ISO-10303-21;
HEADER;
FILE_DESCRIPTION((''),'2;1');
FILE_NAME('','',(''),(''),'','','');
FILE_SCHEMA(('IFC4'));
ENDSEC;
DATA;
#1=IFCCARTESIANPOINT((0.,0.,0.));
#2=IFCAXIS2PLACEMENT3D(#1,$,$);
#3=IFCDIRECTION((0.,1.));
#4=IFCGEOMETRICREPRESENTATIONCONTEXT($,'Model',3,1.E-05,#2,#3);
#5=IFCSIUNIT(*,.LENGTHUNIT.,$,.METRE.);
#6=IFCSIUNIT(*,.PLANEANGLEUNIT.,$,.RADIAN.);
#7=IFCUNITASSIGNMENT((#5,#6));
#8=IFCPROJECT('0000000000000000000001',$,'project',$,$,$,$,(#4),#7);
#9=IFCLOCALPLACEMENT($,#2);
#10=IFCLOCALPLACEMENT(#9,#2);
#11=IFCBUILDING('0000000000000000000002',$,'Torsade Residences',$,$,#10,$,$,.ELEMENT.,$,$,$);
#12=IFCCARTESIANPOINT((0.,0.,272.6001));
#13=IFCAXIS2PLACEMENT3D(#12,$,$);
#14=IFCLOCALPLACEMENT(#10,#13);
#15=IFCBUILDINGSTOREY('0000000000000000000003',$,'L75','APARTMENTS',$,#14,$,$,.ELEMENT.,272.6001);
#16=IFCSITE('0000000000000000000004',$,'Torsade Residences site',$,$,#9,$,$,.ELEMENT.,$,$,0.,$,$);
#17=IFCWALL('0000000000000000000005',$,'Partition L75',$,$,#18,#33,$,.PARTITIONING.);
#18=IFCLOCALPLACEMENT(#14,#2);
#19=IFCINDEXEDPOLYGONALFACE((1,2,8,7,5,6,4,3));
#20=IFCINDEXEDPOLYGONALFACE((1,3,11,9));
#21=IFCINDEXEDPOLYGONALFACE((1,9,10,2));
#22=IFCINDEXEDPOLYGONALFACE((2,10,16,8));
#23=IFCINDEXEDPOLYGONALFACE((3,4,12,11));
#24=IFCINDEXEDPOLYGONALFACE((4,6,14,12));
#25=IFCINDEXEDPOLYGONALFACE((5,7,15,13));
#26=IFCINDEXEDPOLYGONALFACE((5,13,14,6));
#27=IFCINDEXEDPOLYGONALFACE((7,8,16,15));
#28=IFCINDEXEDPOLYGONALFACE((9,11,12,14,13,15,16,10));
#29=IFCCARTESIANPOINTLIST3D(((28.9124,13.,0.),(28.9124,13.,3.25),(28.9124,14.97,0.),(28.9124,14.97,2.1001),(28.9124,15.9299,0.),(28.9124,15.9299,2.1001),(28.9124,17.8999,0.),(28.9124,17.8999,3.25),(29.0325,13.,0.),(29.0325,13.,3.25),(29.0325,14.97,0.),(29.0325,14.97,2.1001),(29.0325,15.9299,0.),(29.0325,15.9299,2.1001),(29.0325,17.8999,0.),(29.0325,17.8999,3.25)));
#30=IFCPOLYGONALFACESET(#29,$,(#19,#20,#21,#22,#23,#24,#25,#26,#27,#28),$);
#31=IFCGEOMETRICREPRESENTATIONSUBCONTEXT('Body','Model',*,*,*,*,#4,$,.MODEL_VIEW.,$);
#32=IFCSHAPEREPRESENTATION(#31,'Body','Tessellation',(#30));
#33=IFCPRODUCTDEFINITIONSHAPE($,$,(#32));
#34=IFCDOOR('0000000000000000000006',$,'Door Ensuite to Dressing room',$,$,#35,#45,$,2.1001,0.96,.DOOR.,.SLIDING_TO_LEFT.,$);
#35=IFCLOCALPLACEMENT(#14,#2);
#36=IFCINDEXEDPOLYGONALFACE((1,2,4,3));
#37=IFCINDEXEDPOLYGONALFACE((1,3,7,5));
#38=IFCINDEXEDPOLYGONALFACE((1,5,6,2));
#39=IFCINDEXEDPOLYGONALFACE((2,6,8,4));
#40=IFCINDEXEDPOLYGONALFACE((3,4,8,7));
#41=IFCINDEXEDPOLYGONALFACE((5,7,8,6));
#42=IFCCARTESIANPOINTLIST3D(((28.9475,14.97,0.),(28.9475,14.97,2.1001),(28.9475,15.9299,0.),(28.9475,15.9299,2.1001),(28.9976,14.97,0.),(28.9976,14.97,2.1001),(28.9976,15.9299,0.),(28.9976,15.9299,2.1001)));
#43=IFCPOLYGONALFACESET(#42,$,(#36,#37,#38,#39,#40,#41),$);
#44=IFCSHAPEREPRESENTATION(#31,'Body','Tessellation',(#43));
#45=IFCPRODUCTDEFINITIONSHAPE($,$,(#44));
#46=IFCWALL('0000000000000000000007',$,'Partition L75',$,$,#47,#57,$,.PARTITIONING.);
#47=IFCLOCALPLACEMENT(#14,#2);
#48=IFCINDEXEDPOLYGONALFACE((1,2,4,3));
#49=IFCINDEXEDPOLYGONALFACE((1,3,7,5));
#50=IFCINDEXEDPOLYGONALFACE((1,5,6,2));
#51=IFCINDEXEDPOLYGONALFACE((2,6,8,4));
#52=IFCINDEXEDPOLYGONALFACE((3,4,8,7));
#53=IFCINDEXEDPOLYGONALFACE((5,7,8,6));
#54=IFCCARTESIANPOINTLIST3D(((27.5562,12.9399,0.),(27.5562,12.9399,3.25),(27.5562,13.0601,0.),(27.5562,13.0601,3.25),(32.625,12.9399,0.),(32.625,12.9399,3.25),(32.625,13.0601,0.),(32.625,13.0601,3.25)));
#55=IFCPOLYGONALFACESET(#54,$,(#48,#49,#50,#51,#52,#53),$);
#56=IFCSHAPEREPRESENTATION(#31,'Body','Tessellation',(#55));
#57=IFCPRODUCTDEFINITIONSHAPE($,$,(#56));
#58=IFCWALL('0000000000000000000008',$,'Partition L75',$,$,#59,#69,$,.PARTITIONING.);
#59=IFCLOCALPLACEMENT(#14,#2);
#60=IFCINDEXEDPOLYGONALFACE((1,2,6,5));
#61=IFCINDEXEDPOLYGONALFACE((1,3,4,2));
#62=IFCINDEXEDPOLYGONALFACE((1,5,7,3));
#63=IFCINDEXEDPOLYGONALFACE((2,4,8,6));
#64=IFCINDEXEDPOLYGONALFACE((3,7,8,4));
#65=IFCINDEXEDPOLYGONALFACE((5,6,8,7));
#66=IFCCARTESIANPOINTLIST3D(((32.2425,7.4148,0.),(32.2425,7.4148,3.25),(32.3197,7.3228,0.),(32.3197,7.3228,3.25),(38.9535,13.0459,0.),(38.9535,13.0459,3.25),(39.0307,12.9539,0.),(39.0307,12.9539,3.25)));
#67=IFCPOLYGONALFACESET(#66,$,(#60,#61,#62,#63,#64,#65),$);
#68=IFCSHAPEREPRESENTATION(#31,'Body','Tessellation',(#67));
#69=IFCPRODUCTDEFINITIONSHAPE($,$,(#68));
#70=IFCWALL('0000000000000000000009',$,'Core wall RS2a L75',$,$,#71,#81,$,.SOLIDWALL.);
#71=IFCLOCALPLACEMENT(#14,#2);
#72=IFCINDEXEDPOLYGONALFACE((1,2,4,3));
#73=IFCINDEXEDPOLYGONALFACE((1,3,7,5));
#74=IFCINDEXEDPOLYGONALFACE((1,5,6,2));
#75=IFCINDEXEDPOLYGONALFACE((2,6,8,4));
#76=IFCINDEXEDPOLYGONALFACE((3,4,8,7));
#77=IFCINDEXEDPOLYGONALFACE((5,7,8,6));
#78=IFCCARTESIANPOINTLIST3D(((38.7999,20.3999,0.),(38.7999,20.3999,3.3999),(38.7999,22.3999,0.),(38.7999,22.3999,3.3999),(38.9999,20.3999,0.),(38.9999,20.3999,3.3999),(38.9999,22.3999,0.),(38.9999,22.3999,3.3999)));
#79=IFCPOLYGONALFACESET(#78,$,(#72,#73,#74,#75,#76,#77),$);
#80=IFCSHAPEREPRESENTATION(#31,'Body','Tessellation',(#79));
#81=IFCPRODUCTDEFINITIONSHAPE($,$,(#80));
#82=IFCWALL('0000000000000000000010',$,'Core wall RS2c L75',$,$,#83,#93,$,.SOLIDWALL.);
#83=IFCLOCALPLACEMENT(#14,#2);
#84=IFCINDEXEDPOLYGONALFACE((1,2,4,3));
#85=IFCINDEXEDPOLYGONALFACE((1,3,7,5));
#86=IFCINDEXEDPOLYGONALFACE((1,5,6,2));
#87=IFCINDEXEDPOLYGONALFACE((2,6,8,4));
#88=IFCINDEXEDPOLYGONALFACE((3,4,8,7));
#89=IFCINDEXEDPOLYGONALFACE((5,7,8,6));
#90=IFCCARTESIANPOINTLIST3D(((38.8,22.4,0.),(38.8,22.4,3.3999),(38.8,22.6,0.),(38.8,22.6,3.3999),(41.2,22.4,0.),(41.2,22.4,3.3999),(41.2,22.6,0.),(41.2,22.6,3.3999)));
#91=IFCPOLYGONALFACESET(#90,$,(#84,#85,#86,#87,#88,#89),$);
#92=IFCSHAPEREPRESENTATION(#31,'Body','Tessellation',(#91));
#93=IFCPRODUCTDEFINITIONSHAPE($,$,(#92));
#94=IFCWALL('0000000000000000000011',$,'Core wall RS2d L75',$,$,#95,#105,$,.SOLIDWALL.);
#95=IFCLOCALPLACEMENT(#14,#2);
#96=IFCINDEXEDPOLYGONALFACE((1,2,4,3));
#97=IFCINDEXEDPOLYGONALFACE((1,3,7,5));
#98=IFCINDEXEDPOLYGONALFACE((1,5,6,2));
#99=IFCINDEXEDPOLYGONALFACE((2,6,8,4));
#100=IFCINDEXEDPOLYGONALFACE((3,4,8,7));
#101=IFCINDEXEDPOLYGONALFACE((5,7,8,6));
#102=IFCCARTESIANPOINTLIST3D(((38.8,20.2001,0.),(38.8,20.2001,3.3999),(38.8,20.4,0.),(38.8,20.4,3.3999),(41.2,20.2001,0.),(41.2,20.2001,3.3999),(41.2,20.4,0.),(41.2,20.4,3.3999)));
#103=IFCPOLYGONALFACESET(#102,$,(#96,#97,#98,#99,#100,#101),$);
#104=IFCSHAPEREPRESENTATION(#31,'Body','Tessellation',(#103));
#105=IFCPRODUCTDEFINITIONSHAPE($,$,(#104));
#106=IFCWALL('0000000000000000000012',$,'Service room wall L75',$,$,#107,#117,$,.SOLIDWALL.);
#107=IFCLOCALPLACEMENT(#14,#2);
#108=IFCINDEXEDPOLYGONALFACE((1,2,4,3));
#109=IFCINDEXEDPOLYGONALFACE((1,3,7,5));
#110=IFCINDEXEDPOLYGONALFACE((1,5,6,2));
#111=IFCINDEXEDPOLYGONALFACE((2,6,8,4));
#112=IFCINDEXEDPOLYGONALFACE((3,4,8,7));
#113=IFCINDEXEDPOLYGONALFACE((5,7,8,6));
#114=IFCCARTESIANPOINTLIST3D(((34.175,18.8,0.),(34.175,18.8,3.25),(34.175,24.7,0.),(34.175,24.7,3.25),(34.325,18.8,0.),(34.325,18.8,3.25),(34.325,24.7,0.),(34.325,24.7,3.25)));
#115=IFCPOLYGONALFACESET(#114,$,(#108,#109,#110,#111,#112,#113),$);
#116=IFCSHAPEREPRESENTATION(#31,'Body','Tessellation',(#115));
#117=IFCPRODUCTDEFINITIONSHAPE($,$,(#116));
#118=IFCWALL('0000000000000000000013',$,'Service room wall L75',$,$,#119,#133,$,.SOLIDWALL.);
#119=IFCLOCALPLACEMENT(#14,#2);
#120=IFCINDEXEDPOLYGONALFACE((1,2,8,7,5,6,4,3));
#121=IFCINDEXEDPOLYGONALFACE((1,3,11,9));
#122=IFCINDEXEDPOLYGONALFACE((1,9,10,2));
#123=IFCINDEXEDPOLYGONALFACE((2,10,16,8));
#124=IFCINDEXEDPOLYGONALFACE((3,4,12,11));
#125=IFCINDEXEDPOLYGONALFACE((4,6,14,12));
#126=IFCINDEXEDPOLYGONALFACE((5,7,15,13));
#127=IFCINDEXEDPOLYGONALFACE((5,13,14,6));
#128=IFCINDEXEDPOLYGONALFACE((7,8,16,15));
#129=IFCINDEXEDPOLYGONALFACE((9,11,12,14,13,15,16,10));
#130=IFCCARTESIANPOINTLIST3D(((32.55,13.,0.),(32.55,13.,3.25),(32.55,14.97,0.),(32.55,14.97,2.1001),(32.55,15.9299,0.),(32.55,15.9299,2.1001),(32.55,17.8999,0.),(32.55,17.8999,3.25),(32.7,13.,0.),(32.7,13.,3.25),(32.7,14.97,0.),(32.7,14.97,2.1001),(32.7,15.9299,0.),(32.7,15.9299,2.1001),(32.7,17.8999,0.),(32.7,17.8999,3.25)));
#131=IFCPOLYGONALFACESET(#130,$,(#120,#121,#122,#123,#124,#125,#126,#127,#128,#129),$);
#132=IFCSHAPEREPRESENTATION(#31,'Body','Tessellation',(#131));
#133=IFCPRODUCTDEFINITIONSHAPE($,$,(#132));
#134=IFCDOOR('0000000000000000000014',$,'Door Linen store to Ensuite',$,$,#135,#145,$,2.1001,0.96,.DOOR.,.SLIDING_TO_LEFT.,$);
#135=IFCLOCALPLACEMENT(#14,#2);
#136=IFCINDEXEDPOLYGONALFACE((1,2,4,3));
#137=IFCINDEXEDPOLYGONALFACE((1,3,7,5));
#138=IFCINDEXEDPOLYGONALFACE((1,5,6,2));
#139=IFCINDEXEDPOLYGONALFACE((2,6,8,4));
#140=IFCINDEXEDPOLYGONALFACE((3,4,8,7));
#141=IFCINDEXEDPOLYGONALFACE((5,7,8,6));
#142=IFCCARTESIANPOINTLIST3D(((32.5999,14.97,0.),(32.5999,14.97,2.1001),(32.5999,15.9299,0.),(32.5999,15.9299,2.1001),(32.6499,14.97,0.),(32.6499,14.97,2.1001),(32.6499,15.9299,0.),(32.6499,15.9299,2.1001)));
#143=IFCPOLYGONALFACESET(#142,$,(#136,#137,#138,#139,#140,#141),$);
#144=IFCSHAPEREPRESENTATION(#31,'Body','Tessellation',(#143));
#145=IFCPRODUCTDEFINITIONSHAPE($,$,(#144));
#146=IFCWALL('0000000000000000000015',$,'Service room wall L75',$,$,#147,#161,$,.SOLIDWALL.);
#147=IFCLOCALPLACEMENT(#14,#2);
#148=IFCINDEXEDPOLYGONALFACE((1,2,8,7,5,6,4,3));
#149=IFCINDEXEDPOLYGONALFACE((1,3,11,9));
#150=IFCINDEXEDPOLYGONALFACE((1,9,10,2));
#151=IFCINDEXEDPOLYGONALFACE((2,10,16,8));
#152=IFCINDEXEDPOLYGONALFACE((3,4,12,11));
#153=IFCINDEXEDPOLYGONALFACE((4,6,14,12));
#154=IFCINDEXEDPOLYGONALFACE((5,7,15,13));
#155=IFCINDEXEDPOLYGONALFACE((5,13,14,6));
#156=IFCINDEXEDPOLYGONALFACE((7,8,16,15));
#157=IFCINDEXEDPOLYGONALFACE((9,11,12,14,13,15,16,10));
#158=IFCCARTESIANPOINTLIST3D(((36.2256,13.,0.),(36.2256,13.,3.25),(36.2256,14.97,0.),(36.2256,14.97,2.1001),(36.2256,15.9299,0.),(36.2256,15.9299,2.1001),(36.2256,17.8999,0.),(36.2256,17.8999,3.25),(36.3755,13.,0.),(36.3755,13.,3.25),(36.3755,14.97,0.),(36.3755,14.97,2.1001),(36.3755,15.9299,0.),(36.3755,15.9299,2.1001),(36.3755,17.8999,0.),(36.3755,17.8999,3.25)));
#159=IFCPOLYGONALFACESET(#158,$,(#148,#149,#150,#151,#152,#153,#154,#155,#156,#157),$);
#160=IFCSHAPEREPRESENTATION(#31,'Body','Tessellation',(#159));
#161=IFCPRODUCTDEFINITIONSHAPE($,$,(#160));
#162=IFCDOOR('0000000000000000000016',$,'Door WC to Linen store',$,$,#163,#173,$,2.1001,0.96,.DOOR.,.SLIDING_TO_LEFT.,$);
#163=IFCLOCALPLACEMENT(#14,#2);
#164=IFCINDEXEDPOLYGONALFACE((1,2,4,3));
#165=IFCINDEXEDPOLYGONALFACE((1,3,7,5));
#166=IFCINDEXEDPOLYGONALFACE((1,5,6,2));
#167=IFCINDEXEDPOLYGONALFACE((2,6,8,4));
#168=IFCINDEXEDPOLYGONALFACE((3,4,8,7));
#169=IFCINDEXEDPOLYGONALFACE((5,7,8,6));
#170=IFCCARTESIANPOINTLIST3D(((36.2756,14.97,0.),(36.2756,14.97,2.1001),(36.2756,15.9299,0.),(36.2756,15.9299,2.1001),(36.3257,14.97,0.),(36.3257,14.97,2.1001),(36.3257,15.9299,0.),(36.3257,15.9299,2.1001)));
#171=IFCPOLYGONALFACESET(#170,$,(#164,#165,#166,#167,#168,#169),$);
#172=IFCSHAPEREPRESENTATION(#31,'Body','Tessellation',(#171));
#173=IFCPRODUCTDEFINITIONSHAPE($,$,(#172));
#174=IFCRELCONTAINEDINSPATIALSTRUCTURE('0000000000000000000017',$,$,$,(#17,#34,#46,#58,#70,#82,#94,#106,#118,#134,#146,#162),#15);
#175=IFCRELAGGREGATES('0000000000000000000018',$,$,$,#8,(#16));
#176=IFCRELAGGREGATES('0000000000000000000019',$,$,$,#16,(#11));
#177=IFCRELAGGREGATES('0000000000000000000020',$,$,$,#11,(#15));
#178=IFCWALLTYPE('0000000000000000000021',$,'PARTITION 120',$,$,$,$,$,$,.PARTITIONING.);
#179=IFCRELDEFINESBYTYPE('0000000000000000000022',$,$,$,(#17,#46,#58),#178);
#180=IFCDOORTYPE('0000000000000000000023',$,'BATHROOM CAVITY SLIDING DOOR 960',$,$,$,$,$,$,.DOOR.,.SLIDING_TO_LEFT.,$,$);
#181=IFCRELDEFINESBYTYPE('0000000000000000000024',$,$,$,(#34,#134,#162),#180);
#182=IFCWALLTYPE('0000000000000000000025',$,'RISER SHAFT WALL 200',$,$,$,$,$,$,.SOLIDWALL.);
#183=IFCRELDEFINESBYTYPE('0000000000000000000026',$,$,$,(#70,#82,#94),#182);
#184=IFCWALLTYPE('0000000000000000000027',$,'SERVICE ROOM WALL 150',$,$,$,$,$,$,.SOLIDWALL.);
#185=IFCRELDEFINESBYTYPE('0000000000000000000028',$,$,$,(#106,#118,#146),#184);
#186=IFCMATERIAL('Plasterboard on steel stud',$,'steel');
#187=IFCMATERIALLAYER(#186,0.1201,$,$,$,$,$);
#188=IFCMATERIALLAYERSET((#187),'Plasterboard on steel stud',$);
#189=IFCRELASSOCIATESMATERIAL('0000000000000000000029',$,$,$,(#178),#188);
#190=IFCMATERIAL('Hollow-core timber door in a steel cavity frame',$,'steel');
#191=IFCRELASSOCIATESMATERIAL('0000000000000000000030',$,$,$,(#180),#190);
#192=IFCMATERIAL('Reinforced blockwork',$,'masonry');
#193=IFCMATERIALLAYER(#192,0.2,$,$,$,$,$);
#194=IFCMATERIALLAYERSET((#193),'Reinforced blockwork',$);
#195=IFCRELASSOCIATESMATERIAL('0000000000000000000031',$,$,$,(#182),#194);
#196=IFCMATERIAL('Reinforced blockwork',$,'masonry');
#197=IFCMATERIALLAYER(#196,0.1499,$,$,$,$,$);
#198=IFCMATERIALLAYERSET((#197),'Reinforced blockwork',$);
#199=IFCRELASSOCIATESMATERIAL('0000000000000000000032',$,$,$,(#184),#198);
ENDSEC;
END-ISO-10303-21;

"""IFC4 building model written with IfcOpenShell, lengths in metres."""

from ifc_helpers import new_model, si_unit, direction, frame, frame_2d, origin, place, context, subcontext, project, spatial, rectangle, extrude, material, layer, layer_set, type_object, element, fill, save


model = new_model("IFC4")

# Units and contexts
model_context = context("Model", 3, precision=1e-05, world=origin(), true_north=direction((0.0, 1.0)))
body_context = subcontext(model_context, "Body", "Model", "MODEL_VIEW")
ifc_project = project(units=[si_unit("LENGTHUNIT", "METRE"), si_unit("PLANEANGLEUNIT", "RADIAN")], contexts=[model_context])

# Site, building, storey
site_placement = place(None, origin())
site = spatial("IfcSite", under=ifc_project, at=site_placement, Name="Torsade Residences site", CompositionType="ELEMENT", RefElevation=0.0)
building_placement = place(site_placement, origin())
building = spatial("IfcBuilding", under=site, at=building_placement, Name="Torsade Residences", CompositionType="ELEMENT")
storey_placement = place(building_placement, frame((0.0, 0.0, 272.6001)))
storey = spatial("IfcBuildingStorey", under=building, at=storey_placement, Name="L75", Description="APARTMENTS", CompositionType="ELEMENT", Elevation=272.6001)

# Wall, opening, door
ifc_material_1 = material(Name="Plasterboard on steel stud", Category="steel")
ifc_layer_1 = layer(ifc_material_1, 0.1201)
ifc_layer_set_1 = layer_set([ifc_layer_1], Name="Plasterboard on steel stud")
wall_type_1 = type_object("IfcWallType", Name="PARTITION 120", PredefinedType="PARTITIONING", material=ifc_layer_set_1)
wall_1_placement = place(storey_placement, frame((28.9724, 13.0, 0.0), z_axis=(0.0, 0.0, 1.0), x_axis=(0.0, 1.0, 0.0)))
wall_1 = element("IfcWall", 1, at=wall_1_placement, inside=storey, type_object=wall_type_1, Name="Partition L75", PredefinedType="PARTITIONING", context=body_context, shape_type="SweptSolid", body=[
    extrude(rectangle(XDim=4.8999, YDim=0.1201, at=frame_2d((2.45, 0.0))), origin(), (0.0, 0.0, 1.0), 3.25),
])
opening_1_placement = place(wall_1_placement, frame((1.97, 0.0, 0.0)))
opening_1 = element("IfcOpeningElement", 2, at=opening_1_placement, cuts=wall_1, PredefinedType="OPENING", context=body_context, shape_type="SweptSolid", body=[
    extrude(rectangle(XDim=0.96, YDim=2.1001, at=frame_2d((0.48, 1.05))), frame((0.0, 0.0701, 0.0), z_axis=(0.0, -1.0, 0.0), x_axis=(1.0, 0.0, 0.0)), (0.0, 0.0, 1.0), 0.1401),
])
ifc_material_2 = material(Name="Hollow-core timber door in a steel cavity frame", Category="steel")
door_type = type_object("IfcDoorType", Name="BATHROOM CAVITY SLIDING DOOR 960", OperationType="SLIDING_TO_LEFT", PredefinedType="DOOR", material=ifc_material_2)
door_1_placement = place(opening_1_placement, origin())
door_1 = element("IfcDoor", 3, at=door_1_placement, inside=storey, type_object=door_type, Name="Door Ensuite to Dressing room", OperationType="SLIDING_TO_LEFT", OverallHeight=2.1001, OverallWidth=0.96, PredefinedType="DOOR", context=body_context, shape_type="SweptSolid", body=[
    extrude(rectangle(XDim=0.96, YDim=2.1001, at=frame_2d((0.48, 1.05))), frame((0.0, 0.0249, 0.0), z_axis=(0.0, -1.0, 0.0), x_axis=(1.0, 0.0, 0.0)), (0.0, 0.0, 1.0), 0.05),
])
fill(opening_1, door_1)

# Walls
wall_2_placement = place(storey_placement, frame((32.625, 13.0, 0.0), z_axis=(0.0, 0.0, 1.0), x_axis=(-1.0, 0.0, 0.0)))
element("IfcWall", 4, at=wall_2_placement, inside=storey, type_object=wall_type_1, Name="Partition L75", PredefinedType="PARTITIONING", context=body_context, shape_type="SweptSolid", body=[
    extrude(rectangle(XDim=5.0688, YDim=0.1201, at=frame_2d((2.5344, 0.0))), origin(), (0.0, 0.0, 1.0), 3.25),
])
wall_3_placement = place(storey_placement, frame((38.9922, 13.0, 0.0), z_axis=(0.0, 0.0, 1.0), x_axis=(-0.766047, -0.642785, 0.0)))
element("IfcWall", 5, at=wall_3_placement, inside=storey, type_object=wall_type_1, Name="Partition L75", PredefinedType="PARTITIONING", context=body_context, shape_type="SweptSolid", body=[
    extrude(rectangle(XDim=8.7605, YDim=0.1201, at=frame_2d((4.3804, 0.0))), origin(), (0.0, 0.0, 1.0), 3.25),
])
ifc_material_3 = material(Name="Reinforced blockwork", Category="masonry")
ifc_layer_2 = layer(ifc_material_3, 0.2)
ifc_layer_set_2 = layer_set([ifc_layer_2], Name="Reinforced blockwork")
wall_type_2 = type_object("IfcWallType", Name="RISER SHAFT WALL 200", PredefinedType="SOLIDWALL", material=ifc_layer_set_2)
wall_4_placement = place(storey_placement, frame((38.8999, 22.3999, 0.0), z_axis=(0.0, 0.0, 1.0), x_axis=(0.0, -1.0, 0.0)))
element("IfcWall", 6, at=wall_4_placement, inside=storey, type_object=wall_type_2, Name="Core wall RS2a L75", PredefinedType="SOLIDWALL", context=body_context, shape_type="SweptSolid", body=[
    extrude(rectangle(XDim=2.0, YDim=0.2, at=frame_2d((1.0, 0.0))), origin(), (0.0, 0.0, 1.0), 3.3999),
])
for number, where, z_axis, x_axis, name in (
    (7, (38.8, 22.5, 0.0), (0.0, 0.0, 1.0), (1.0, 0.0, 0.0), "Core wall RS2c L75"),
    (8, (38.8, 20.3, 0.0), (0.0, 0.0, 1.0), (1.0, 0.0, 0.0), "Core wall RS2d L75"),
):
    element("IfcWall", number, at=place(storey_placement, frame(where, z_axis=z_axis, x_axis=x_axis)), inside=storey, type_object=wall_type_2, Name=name, PredefinedType="SOLIDWALL", context=body_context, shape_type="SweptSolid", body=[
        extrude(rectangle(XDim=2.3999, YDim=0.2, at=frame_2d((1.2, 0.0))), origin(), (0.0, 0.0, 1.0), 3.3999),
    ])
ifc_material_4 = material(Name="Reinforced blockwork", Category="masonry")
ifc_layer_3 = layer(ifc_material_4, 0.1499)
ifc_layer_set_3 = layer_set([ifc_layer_3], Name="Reinforced blockwork")
wall_type_3 = type_object("IfcWallType", Name="SERVICE ROOM WALL 150", PredefinedType="SOLIDWALL", material=ifc_layer_set_3)
wall_5_placement = place(storey_placement, frame((34.25, 18.8, 0.0), z_axis=(0.0, 0.0, 1.0), x_axis=(0.0, 1.0, 0.0)))
element("IfcWall", 9, at=wall_5_placement, inside=storey, type_object=wall_type_3, Name="Service room wall L75", PredefinedType="SOLIDWALL", context=body_context, shape_type="SweptSolid", body=[
    extrude(rectangle(XDim=5.8999, YDim=0.1499, at=frame_2d((2.95, 0.0))), origin(), (0.0, 0.0, 1.0), 3.25),
])

# Walls, openings, doors
wall_6_placement = place(storey_placement, frame((32.625, 17.8999, 0.0), z_axis=(0.0, 0.0, 1.0), x_axis=(0.0, -1.0, 0.0)))
wall_6 = element("IfcWall", 10, at=wall_6_placement, inside=storey, type_object=wall_type_3, Name="Service room wall L75", PredefinedType="SOLIDWALL", context=body_context, shape_type="SweptSolid", body=[
    extrude(rectangle(XDim=4.8999, YDim=0.1499, at=frame_2d((2.45, 0.0))), origin(), (0.0, 0.0, 1.0), 3.25),
])
opening_2_placement = place(wall_6_placement, frame((1.97, 0.0, 0.0)))
opening_2 = element("IfcOpeningElement", 11, at=opening_2_placement, cuts=wall_6, PredefinedType="OPENING", context=body_context, shape_type="SweptSolid", body=[
    extrude(rectangle(XDim=0.96, YDim=2.1001, at=frame_2d((0.48, 1.05))), frame((0.0, 0.085, 0.0), z_axis=(0.0, -1.0, 0.0), x_axis=(1.0, 0.0, 0.0)), (0.0, 0.0, 1.0), 0.1699),
])
door_2_placement = place(opening_2_placement, origin())
door_2 = element("IfcDoor", 12, at=door_2_placement, inside=storey, type_object=door_type, Name="Door Linen store to Ensuite", OperationType="SLIDING_TO_LEFT", OverallHeight=2.1001, OverallWidth=0.96, PredefinedType="DOOR", context=body_context, shape_type="SweptSolid", body=[
    extrude(rectangle(XDim=0.96, YDim=2.1001, at=frame_2d((0.48, 1.05))), frame((0.0, 0.0249, 0.0), z_axis=(0.0, -1.0, 0.0), x_axis=(1.0, 0.0, 0.0)), (0.0, 0.0, 1.0), 0.05),
])
fill(opening_2, door_2)
wall_7_placement = place(storey_placement, frame((36.3005, 13.0, 0.0), z_axis=(0.0, 0.0, 1.0), x_axis=(0.0, 1.0, 0.0)))
wall_7 = element("IfcWall", 13, at=wall_7_placement, inside=storey, type_object=wall_type_3, Name="Service room wall L75", PredefinedType="SOLIDWALL", context=body_context, shape_type="SweptSolid", body=[
    extrude(rectangle(XDim=4.8999, YDim=0.1499, at=frame_2d((2.45, 0.0))), origin(), (0.0, 0.0, 1.0), 3.25),
])
opening_3_placement = place(wall_7_placement, frame((1.97, 0.0, 0.0)))
opening_3 = element("IfcOpeningElement", 14, at=opening_3_placement, cuts=wall_7, PredefinedType="OPENING", context=body_context, shape_type="SweptSolid", body=[
    extrude(rectangle(XDim=0.96, YDim=2.1001, at=frame_2d((0.48, 1.05))), frame((0.0, 0.085, 0.0), z_axis=(0.0, -1.0, 0.0), x_axis=(1.0, 0.0, 0.0)), (0.0, 0.0, 1.0), 0.1699),
])
door_3_placement = place(opening_3_placement, origin())
door_3 = element("IfcDoor", 15, at=door_3_placement, inside=storey, type_object=door_type, Name="Door WC to Linen store", OperationType="SLIDING_TO_LEFT", OverallHeight=2.1001, OverallWidth=0.96, PredefinedType="DOOR", context=body_context, shape_type="SweptSolid", body=[
    extrude(rectangle(XDim=0.96, YDim=2.1001, at=frame_2d((0.48, 1.05))), frame((0.0, 0.0249, 0.0), z_axis=(0.0, -1.0, 0.0), x_axis=(1.0, 0.0, 0.0)), (0.0, 0.0, 1.0), 0.05),
])
fill(opening_3, door_3)

save(model, "model.ifc")
